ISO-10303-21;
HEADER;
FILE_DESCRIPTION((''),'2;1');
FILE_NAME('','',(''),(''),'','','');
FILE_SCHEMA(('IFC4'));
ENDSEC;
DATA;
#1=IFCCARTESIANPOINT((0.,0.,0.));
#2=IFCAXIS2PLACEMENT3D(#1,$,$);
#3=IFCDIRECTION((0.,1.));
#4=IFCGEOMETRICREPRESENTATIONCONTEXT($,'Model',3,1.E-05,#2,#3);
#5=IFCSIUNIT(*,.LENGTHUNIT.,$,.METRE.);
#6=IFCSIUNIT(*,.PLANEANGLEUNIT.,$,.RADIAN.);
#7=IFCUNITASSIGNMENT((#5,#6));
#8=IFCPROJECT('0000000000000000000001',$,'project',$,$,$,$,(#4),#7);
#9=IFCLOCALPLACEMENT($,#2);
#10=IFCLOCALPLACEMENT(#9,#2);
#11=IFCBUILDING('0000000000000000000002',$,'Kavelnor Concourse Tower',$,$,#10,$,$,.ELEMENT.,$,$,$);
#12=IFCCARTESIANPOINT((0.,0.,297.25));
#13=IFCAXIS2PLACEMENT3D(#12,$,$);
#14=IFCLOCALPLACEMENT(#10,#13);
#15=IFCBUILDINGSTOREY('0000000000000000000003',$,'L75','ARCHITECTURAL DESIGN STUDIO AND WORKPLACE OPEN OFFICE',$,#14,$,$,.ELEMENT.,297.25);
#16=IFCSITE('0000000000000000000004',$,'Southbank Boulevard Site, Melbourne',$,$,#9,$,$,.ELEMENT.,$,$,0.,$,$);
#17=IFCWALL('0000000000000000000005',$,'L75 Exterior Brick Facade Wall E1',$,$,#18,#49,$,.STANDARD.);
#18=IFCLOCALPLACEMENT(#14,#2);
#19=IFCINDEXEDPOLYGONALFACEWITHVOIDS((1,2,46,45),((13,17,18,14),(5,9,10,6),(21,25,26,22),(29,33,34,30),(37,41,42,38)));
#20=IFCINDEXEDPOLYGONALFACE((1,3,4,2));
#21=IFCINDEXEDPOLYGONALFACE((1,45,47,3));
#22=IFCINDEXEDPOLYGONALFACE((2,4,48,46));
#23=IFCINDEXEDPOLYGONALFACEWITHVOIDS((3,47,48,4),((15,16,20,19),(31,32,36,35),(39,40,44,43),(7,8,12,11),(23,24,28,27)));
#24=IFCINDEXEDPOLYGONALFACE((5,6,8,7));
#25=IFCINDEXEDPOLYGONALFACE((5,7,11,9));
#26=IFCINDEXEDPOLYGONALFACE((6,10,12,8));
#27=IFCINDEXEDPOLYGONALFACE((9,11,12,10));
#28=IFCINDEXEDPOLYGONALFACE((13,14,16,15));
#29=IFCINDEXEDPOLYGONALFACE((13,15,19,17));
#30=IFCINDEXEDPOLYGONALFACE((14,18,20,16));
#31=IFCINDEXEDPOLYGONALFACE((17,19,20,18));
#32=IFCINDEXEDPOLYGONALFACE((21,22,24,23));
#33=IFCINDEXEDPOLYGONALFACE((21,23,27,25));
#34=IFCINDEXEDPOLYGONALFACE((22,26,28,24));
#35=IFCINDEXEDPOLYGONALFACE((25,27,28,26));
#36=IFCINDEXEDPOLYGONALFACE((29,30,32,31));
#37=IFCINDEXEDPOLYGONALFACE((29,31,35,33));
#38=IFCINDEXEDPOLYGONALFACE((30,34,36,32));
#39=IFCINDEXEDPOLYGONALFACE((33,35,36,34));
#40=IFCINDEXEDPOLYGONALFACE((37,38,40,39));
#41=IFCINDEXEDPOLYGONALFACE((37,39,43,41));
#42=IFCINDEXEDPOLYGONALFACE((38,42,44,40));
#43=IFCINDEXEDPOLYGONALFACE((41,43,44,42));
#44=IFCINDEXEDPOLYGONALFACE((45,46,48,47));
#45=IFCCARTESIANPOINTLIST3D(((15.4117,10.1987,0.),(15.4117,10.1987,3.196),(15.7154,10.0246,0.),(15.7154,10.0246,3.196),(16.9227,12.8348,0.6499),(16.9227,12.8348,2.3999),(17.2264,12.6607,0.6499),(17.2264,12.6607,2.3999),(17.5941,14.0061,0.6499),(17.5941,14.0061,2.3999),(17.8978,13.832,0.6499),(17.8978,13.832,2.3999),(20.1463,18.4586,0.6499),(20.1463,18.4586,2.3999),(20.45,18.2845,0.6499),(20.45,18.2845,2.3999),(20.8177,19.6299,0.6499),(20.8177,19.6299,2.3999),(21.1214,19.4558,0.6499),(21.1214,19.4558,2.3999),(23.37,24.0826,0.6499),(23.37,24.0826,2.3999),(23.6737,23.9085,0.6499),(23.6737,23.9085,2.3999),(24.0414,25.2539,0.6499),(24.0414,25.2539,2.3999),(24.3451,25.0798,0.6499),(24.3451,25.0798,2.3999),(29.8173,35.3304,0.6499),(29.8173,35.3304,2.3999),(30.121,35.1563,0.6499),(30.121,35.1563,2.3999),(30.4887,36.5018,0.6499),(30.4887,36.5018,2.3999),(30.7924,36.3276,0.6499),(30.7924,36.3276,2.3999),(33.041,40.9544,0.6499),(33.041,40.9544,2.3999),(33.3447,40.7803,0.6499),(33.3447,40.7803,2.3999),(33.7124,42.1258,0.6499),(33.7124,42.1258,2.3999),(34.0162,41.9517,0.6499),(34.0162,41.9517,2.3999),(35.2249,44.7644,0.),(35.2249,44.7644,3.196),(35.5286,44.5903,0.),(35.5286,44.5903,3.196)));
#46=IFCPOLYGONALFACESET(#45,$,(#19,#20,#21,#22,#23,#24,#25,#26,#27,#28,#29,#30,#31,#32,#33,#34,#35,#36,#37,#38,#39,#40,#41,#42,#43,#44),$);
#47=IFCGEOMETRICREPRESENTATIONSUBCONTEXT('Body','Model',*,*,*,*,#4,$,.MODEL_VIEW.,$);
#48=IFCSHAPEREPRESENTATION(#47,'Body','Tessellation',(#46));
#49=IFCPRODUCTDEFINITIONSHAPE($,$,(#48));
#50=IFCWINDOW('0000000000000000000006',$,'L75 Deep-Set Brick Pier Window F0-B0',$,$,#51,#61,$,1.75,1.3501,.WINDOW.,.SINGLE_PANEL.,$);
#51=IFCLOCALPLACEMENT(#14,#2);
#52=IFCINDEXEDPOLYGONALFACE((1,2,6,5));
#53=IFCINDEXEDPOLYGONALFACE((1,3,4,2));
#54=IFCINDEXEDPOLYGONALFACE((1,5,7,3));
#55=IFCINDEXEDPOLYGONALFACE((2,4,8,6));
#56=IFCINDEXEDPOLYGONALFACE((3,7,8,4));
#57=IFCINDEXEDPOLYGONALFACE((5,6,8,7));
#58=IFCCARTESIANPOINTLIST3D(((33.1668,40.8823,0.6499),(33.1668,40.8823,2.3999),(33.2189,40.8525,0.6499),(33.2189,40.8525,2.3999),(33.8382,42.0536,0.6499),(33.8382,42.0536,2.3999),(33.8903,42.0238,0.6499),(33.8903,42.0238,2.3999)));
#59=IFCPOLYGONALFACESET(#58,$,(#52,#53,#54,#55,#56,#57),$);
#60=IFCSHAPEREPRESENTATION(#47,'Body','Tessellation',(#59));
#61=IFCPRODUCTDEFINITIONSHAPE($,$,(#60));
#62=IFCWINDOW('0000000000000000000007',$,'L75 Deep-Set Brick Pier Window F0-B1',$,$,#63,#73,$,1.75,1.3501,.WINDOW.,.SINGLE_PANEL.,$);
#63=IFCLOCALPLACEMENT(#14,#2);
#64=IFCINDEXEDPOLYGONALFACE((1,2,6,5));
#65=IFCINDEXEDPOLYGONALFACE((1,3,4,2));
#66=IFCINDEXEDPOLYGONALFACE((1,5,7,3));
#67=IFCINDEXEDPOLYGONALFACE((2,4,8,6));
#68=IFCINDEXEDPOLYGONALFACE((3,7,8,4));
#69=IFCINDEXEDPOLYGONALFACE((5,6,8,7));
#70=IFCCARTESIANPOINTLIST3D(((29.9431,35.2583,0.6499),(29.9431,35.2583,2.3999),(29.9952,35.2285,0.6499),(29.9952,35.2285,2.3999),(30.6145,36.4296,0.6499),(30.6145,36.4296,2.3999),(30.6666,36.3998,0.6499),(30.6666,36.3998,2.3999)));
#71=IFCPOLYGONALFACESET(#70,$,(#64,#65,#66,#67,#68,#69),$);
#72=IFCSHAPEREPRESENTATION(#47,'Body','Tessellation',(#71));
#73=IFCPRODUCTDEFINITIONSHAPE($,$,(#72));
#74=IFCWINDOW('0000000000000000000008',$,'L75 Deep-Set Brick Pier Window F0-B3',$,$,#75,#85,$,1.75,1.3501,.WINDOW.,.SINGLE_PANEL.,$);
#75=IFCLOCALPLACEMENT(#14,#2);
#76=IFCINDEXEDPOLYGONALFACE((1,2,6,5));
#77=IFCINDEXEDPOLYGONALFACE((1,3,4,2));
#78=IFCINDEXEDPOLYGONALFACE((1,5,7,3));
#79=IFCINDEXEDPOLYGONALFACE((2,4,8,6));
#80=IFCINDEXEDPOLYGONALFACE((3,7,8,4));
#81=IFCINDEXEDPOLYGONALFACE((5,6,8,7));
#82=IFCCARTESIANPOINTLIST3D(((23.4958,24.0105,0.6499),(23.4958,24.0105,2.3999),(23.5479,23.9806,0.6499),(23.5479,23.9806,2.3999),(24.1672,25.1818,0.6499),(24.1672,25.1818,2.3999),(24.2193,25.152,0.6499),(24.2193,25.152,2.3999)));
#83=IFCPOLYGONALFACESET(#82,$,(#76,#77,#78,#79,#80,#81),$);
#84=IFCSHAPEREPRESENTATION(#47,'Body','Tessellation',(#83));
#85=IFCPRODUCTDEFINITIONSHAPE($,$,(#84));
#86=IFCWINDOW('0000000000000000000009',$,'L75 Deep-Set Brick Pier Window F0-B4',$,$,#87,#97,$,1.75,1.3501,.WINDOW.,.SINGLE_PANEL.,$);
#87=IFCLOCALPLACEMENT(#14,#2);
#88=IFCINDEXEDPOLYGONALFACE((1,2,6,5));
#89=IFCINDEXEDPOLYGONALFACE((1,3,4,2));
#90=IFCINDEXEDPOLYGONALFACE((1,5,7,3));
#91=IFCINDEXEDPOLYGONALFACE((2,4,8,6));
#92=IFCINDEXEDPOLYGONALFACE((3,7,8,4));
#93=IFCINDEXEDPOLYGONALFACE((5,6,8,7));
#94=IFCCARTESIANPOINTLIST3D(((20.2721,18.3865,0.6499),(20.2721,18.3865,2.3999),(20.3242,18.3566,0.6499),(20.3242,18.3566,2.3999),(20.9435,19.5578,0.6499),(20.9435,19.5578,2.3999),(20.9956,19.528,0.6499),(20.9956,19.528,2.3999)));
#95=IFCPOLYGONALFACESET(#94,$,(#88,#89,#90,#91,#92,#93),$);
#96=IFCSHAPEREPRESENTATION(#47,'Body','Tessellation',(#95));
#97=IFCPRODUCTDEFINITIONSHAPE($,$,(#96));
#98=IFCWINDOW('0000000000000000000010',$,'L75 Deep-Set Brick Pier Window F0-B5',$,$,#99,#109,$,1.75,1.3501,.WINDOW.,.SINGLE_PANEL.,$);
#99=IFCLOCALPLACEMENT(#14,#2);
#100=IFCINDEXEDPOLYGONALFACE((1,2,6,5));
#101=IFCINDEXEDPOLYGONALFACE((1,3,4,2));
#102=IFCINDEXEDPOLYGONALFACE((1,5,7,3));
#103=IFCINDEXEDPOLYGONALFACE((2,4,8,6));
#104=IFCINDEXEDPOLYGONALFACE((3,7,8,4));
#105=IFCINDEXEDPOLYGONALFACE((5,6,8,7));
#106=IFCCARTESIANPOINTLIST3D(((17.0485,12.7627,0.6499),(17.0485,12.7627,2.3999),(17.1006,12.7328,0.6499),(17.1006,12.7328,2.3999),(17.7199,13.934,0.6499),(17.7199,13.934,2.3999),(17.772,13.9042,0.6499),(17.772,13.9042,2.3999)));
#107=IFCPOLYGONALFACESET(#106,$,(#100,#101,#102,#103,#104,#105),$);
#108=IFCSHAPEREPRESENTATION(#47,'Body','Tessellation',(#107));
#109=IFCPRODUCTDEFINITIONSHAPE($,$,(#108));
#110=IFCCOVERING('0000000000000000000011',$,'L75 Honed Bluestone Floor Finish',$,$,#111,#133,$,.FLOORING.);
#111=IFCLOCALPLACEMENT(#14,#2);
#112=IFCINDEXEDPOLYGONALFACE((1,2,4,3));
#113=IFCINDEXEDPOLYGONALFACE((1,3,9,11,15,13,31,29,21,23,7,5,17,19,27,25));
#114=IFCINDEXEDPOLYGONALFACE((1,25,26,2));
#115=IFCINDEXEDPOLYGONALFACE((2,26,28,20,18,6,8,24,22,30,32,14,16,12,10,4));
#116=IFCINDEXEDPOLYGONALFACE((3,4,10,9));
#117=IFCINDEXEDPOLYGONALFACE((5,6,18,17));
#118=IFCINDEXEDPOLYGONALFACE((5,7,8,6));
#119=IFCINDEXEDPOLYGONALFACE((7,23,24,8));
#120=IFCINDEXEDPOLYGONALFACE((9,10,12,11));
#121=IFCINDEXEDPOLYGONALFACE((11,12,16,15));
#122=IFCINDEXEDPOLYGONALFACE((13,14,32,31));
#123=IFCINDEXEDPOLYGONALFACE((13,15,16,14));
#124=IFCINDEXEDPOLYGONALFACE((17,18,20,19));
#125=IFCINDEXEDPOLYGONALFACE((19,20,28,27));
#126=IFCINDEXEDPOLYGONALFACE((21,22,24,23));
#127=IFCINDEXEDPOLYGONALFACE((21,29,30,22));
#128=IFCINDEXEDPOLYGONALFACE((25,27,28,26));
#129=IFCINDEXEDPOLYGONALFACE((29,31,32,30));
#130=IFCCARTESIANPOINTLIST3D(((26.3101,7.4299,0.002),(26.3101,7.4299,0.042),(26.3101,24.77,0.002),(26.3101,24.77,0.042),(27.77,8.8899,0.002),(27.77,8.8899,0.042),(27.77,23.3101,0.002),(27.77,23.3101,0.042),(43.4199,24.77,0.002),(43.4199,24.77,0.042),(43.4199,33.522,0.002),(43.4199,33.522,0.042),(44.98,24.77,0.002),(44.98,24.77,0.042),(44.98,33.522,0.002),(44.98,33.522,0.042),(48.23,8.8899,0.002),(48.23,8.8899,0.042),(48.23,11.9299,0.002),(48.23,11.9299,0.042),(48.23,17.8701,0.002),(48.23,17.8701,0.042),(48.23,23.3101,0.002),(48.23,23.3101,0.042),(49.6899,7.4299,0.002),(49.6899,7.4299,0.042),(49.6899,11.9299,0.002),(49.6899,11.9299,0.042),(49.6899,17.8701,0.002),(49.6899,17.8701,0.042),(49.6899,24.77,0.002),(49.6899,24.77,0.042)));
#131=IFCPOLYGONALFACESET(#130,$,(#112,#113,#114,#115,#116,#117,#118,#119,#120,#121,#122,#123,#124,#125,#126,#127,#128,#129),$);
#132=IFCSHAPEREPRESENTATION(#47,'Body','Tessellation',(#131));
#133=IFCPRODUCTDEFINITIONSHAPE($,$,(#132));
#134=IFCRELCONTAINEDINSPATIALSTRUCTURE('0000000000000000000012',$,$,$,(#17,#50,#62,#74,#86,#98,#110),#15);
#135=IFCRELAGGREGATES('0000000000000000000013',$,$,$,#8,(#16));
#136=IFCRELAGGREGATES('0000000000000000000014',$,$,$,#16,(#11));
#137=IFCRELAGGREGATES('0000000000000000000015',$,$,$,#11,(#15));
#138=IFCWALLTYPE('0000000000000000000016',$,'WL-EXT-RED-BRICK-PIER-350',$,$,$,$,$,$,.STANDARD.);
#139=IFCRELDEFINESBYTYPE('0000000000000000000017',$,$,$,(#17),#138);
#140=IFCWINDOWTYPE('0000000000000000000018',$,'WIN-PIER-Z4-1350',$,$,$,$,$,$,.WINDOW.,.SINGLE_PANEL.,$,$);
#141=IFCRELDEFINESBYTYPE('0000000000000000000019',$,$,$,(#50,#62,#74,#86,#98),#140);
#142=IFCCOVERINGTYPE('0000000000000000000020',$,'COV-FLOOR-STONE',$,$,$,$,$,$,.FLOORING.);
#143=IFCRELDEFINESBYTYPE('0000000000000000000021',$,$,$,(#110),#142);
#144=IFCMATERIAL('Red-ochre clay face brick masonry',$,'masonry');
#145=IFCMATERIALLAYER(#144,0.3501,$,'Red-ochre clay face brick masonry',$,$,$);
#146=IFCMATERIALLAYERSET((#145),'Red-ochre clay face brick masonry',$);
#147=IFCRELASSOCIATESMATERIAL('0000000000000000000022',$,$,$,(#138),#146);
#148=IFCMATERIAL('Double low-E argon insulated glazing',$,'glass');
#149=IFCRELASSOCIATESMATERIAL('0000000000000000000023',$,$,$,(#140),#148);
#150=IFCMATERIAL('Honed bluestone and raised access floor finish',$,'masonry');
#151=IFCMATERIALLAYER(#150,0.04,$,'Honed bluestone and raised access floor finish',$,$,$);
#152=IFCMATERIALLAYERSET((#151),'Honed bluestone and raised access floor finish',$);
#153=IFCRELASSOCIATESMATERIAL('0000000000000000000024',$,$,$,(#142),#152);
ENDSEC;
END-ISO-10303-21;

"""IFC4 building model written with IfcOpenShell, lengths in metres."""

from ifc_helpers import new_model, si_unit, direction, frame, frame_2d, origin, place, context, subcontext, project, spatial, polyline, rectangle, outline, extrude, material, layer, layer_set, type_object, element, fill, save


model = new_model("IFC4")

# Units and contexts
model_context = context("Model", 3, precision=1e-05, world=origin(), true_north=direction((0.0, 1.0)))
body_context = subcontext(model_context, "Body", "Model", "MODEL_VIEW")
ifc_project = project(units=[si_unit("LENGTHUNIT", "METRE"), si_unit("PLANEANGLEUNIT", "RADIAN")], contexts=[model_context])

# Site, building, storey
site_placement = place(None, origin())
site = spatial("IfcSite", under=ifc_project, at=site_placement, Name="Southbank Boulevard Site, Melbourne", CompositionType="ELEMENT", RefElevation=0.0)
building_placement = place(site_placement, origin())
building = spatial("IfcBuilding", under=site, at=building_placement, Name="Kavelnor Concourse Tower", CompositionType="ELEMENT")
storey_placement = place(building_placement, frame((0.0, 0.0, 297.25)))
storey = spatial("IfcBuildingStorey", under=building, at=storey_placement, Name="L75", Description="ARCHITECTURAL DESIGN STUDIO AND WORKPLACE OPEN OFFICE", CompositionType="ELEMENT", Elevation=297.25)

# Shared definitions
ifc_material_1 = material(Name="Double low-E argon insulated glazing", Category="glass")

# Wall, openings, windows
ifc_material_2 = material(Name="Red-ochre clay face brick masonry", Category="masonry")
ifc_layer_1 = layer(ifc_material_2, 0.3501, Name="Red-ochre clay face brick masonry")
ifc_layer_set_1 = layer_set([ifc_layer_1], Name="Red-ochre clay face brick masonry")
wall_type_1 = type_object("IfcWallType", Name="WL-EXT-RED-BRICK-PIER-350", PredefinedType="STANDARD", material=ifc_layer_set_1)
wall_1_placement = place(storey_placement, frame((15.5635, 10.1116, 0.0), z_axis=(0.0, 0.0, 1.0), x_axis=(0.497301, 0.867578, 0.0)))
wall_1 = element("IfcWall", 1, at=wall_1_placement, inside=storey, type_object=wall_type_1, Name="L75 Exterior Brick Facade Wall E1", PredefinedType="STANDARD", context=body_context, shape_type="SweptSolid", body=[
    extrude(rectangle(XDim=39.8416, YDim=0.3501, at=frame_2d((19.9209, 0.0))), origin(), (0.0, 0.0, 1.0), 3.196),
])
opening_1_placement = place(wall_1_placement, frame((35.4502, 0.0, 0.6499)))
opening_1 = element("IfcOpeningElement", 2, at=opening_1_placement, cuts=wall_1, PredefinedType="OPENING", context=body_context, shape_type="SweptSolid", body=[
    extrude(rectangle(XDim=1.3501, YDim=1.75, at=frame_2d((0.675, 0.875))), frame((0.0, 0.1851, 0.0), z_axis=(0.0, -1.0, 0.0), x_axis=(1.0, 0.0, 0.0)), (0.0, 0.0, 1.0), 0.3701),
])
opening_2_placement = place(wall_1_placement, frame((28.9678, 0.0, 0.6499)))
opening_2 = element("IfcOpeningElement", 3, at=opening_2_placement, cuts=wall_1, PredefinedType="OPENING", context=body_context, shape_type="SweptSolid", body=[
    extrude(rectangle(XDim=1.3501, YDim=1.75, at=frame_2d((0.675, 0.875))), frame((0.0, 0.1851, 0.0), z_axis=(0.0, -1.0, 0.0), x_axis=(1.0, 0.0, 0.0)), (0.0, 0.0, 1.0), 0.3701),
])
opening_3_placement = place(wall_1_placement, frame((16.0032, 0.0, 0.6499)))
opening_3 = element("IfcOpeningElement", 4, at=opening_3_placement, cuts=wall_1, PredefinedType="OPENING", context=body_context, shape_type="SweptSolid", body=[
    extrude(rectangle(XDim=1.3501, YDim=1.75, at=frame_2d((0.675, 0.875))), frame((0.0, 0.1851, 0.0), z_axis=(0.0, -1.0, 0.0), x_axis=(1.0, 0.0, 0.0)), (0.0, 0.0, 1.0), 0.3701),
])
opening_4_placement = place(wall_1_placement, frame((9.5208, 0.0, 0.6499)))
opening_4 = element("IfcOpeningElement", 5, at=opening_4_placement, cuts=wall_1, PredefinedType="OPENING", context=body_context, shape_type="SweptSolid", body=[
    extrude(rectangle(XDim=1.3501, YDim=1.75, at=frame_2d((0.675, 0.875))), frame((0.0, 0.1851, 0.0), z_axis=(0.0, -1.0, 0.0), x_axis=(1.0, 0.0, 0.0)), (0.0, 0.0, 1.0), 0.3701),
])
opening_5_placement = place(wall_1_placement, frame((3.0386, 0.0, 0.6499)))
opening_5 = element("IfcOpeningElement", 6, at=opening_5_placement, cuts=wall_1, PredefinedType="OPENING", context=body_context, shape_type="SweptSolid", body=[
    extrude(rectangle(XDim=1.3501, YDim=1.75, at=frame_2d((0.675, 0.875))), frame((0.0, 0.1851, 0.0), z_axis=(0.0, -1.0, 0.0), x_axis=(1.0, 0.0, 0.0)), (0.0, 0.0, 1.0), 0.3701),
])
window_type_1 = type_object("IfcWindowType", Name="WIN-PIER-Z4-1350", PartitioningType="SINGLE_PANEL", PredefinedType="WINDOW", material=ifc_material_1)
window_1_placement = place(opening_1_placement, origin())
window_1 = element("IfcWindow", 7, at=window_1_placement, inside=storey, type_object=window_type_1, Name="L75 Deep-Set Brick Pier Window F0-B0", OverallHeight=1.75, OverallWidth=1.3501, PartitioningType="SINGLE_PANEL", PredefinedType="WINDOW", context=body_context, shape_type="SweptSolid", body=[
    extrude(rectangle(XDim=1.3501, YDim=1.75, at=frame_2d((0.675, 0.875))), frame((0.0, 0.03, 0.0), z_axis=(0.0, -1.0, 0.0), x_axis=(1.0, 0.0, 0.0)), (0.0, 0.0, 1.0), 0.0601),
])
fill(opening_1, window_1)
window_2_placement = place(opening_2_placement, origin())
window_2 = element("IfcWindow", 8, at=window_2_placement, inside=storey, type_object=window_type_1, Name="L75 Deep-Set Brick Pier Window F0-B1", OverallHeight=1.75, OverallWidth=1.3501, PartitioningType="SINGLE_PANEL", PredefinedType="WINDOW", context=body_context, shape_type="SweptSolid", body=[
    extrude(rectangle(XDim=1.3501, YDim=1.75, at=frame_2d((0.675, 0.875))), frame((0.0, 0.03, 0.0), z_axis=(0.0, -1.0, 0.0), x_axis=(1.0, 0.0, 0.0)), (0.0, 0.0, 1.0), 0.0601),
])
fill(opening_2, window_2)
window_3_placement = place(opening_3_placement, origin())
window_3 = element("IfcWindow", 9, at=window_3_placement, inside=storey, type_object=window_type_1, Name="L75 Deep-Set Brick Pier Window F0-B3", OverallHeight=1.75, OverallWidth=1.3501, PartitioningType="SINGLE_PANEL", PredefinedType="WINDOW", context=body_context, shape_type="SweptSolid", body=[
    extrude(rectangle(XDim=1.3501, YDim=1.75, at=frame_2d((0.675, 0.875))), frame((0.0, 0.03, 0.0), z_axis=(0.0, -1.0, 0.0), x_axis=(1.0, 0.0, 0.0)), (0.0, 0.0, 1.0), 0.0601),
])
fill(opening_3, window_3)
window_4_placement = place(opening_4_placement, origin())
window_4 = element("IfcWindow", 10, at=window_4_placement, inside=storey, type_object=window_type_1, Name="L75 Deep-Set Brick Pier Window F0-B4", OverallHeight=1.75, OverallWidth=1.3501, PartitioningType="SINGLE_PANEL", PredefinedType="WINDOW", context=body_context, shape_type="SweptSolid", body=[
    extrude(rectangle(XDim=1.3501, YDim=1.75, at=frame_2d((0.675, 0.875))), frame((0.0, 0.03, 0.0), z_axis=(0.0, -1.0, 0.0), x_axis=(1.0, 0.0, 0.0)), (0.0, 0.0, 1.0), 0.0601),
])
fill(opening_4, window_4)
window_5_placement = place(opening_5_placement, origin())
window_5 = element("IfcWindow", 11, at=window_5_placement, inside=storey, type_object=window_type_1, Name="L75 Deep-Set Brick Pier Window F0-B5", OverallHeight=1.75, OverallWidth=1.3501, PartitioningType="SINGLE_PANEL", PredefinedType="WINDOW", context=body_context, shape_type="SweptSolid", body=[
    extrude(rectangle(XDim=1.3501, YDim=1.75, at=frame_2d((0.675, 0.875))), frame((0.0, 0.03, 0.0), z_axis=(0.0, -1.0, 0.0), x_axis=(1.0, 0.0, 0.0)), (0.0, 0.0, 1.0), 0.0601),
])
fill(opening_5, window_5)

# Covering
ifc_material_3 = material(Name="Honed bluestone and raised access floor finish", Category="masonry")
ifc_layer_2 = layer(ifc_material_3, 0.04, Name="Honed bluestone and raised access floor finish")
ifc_layer_set_2 = layer_set([ifc_layer_2], Name="Honed bluestone and raised access floor finish")
covering_type = type_object("IfcCoveringType", Name="COV-FLOOR-STONE", PredefinedType="FLOORING", material=ifc_layer_set_2)
covering_placement = place(storey_placement, frame((0.0, 0.0, 0.002)))
element("IfcCovering", 12, at=covering_placement, inside=storey, type_object=covering_type, Name="L75 Honed Bluestone Floor Finish", PredefinedType="FLOORING", context=body_context, shape_type="SweptSolid", body=[
    extrude(outline(polyline([(44.98, 24.77), (49.6899, 24.77), (49.6899, 17.8701), (48.23, 17.8701), (48.23, 23.3101), (27.77, 23.3101), (27.77, 8.8899), (48.23, 8.8899), (48.23, 11.9299), (49.6899, 11.9299), (49.6899, 7.4299), (26.3101, 7.4299), (26.3101, 24.77), (43.4199, 24.77), (43.4199, 33.522), (44.98, 33.522), (44.98, 24.77)])), origin(), (0.0, 0.0, 1.0), 0.04),
])

save(model, "model.ifc")
